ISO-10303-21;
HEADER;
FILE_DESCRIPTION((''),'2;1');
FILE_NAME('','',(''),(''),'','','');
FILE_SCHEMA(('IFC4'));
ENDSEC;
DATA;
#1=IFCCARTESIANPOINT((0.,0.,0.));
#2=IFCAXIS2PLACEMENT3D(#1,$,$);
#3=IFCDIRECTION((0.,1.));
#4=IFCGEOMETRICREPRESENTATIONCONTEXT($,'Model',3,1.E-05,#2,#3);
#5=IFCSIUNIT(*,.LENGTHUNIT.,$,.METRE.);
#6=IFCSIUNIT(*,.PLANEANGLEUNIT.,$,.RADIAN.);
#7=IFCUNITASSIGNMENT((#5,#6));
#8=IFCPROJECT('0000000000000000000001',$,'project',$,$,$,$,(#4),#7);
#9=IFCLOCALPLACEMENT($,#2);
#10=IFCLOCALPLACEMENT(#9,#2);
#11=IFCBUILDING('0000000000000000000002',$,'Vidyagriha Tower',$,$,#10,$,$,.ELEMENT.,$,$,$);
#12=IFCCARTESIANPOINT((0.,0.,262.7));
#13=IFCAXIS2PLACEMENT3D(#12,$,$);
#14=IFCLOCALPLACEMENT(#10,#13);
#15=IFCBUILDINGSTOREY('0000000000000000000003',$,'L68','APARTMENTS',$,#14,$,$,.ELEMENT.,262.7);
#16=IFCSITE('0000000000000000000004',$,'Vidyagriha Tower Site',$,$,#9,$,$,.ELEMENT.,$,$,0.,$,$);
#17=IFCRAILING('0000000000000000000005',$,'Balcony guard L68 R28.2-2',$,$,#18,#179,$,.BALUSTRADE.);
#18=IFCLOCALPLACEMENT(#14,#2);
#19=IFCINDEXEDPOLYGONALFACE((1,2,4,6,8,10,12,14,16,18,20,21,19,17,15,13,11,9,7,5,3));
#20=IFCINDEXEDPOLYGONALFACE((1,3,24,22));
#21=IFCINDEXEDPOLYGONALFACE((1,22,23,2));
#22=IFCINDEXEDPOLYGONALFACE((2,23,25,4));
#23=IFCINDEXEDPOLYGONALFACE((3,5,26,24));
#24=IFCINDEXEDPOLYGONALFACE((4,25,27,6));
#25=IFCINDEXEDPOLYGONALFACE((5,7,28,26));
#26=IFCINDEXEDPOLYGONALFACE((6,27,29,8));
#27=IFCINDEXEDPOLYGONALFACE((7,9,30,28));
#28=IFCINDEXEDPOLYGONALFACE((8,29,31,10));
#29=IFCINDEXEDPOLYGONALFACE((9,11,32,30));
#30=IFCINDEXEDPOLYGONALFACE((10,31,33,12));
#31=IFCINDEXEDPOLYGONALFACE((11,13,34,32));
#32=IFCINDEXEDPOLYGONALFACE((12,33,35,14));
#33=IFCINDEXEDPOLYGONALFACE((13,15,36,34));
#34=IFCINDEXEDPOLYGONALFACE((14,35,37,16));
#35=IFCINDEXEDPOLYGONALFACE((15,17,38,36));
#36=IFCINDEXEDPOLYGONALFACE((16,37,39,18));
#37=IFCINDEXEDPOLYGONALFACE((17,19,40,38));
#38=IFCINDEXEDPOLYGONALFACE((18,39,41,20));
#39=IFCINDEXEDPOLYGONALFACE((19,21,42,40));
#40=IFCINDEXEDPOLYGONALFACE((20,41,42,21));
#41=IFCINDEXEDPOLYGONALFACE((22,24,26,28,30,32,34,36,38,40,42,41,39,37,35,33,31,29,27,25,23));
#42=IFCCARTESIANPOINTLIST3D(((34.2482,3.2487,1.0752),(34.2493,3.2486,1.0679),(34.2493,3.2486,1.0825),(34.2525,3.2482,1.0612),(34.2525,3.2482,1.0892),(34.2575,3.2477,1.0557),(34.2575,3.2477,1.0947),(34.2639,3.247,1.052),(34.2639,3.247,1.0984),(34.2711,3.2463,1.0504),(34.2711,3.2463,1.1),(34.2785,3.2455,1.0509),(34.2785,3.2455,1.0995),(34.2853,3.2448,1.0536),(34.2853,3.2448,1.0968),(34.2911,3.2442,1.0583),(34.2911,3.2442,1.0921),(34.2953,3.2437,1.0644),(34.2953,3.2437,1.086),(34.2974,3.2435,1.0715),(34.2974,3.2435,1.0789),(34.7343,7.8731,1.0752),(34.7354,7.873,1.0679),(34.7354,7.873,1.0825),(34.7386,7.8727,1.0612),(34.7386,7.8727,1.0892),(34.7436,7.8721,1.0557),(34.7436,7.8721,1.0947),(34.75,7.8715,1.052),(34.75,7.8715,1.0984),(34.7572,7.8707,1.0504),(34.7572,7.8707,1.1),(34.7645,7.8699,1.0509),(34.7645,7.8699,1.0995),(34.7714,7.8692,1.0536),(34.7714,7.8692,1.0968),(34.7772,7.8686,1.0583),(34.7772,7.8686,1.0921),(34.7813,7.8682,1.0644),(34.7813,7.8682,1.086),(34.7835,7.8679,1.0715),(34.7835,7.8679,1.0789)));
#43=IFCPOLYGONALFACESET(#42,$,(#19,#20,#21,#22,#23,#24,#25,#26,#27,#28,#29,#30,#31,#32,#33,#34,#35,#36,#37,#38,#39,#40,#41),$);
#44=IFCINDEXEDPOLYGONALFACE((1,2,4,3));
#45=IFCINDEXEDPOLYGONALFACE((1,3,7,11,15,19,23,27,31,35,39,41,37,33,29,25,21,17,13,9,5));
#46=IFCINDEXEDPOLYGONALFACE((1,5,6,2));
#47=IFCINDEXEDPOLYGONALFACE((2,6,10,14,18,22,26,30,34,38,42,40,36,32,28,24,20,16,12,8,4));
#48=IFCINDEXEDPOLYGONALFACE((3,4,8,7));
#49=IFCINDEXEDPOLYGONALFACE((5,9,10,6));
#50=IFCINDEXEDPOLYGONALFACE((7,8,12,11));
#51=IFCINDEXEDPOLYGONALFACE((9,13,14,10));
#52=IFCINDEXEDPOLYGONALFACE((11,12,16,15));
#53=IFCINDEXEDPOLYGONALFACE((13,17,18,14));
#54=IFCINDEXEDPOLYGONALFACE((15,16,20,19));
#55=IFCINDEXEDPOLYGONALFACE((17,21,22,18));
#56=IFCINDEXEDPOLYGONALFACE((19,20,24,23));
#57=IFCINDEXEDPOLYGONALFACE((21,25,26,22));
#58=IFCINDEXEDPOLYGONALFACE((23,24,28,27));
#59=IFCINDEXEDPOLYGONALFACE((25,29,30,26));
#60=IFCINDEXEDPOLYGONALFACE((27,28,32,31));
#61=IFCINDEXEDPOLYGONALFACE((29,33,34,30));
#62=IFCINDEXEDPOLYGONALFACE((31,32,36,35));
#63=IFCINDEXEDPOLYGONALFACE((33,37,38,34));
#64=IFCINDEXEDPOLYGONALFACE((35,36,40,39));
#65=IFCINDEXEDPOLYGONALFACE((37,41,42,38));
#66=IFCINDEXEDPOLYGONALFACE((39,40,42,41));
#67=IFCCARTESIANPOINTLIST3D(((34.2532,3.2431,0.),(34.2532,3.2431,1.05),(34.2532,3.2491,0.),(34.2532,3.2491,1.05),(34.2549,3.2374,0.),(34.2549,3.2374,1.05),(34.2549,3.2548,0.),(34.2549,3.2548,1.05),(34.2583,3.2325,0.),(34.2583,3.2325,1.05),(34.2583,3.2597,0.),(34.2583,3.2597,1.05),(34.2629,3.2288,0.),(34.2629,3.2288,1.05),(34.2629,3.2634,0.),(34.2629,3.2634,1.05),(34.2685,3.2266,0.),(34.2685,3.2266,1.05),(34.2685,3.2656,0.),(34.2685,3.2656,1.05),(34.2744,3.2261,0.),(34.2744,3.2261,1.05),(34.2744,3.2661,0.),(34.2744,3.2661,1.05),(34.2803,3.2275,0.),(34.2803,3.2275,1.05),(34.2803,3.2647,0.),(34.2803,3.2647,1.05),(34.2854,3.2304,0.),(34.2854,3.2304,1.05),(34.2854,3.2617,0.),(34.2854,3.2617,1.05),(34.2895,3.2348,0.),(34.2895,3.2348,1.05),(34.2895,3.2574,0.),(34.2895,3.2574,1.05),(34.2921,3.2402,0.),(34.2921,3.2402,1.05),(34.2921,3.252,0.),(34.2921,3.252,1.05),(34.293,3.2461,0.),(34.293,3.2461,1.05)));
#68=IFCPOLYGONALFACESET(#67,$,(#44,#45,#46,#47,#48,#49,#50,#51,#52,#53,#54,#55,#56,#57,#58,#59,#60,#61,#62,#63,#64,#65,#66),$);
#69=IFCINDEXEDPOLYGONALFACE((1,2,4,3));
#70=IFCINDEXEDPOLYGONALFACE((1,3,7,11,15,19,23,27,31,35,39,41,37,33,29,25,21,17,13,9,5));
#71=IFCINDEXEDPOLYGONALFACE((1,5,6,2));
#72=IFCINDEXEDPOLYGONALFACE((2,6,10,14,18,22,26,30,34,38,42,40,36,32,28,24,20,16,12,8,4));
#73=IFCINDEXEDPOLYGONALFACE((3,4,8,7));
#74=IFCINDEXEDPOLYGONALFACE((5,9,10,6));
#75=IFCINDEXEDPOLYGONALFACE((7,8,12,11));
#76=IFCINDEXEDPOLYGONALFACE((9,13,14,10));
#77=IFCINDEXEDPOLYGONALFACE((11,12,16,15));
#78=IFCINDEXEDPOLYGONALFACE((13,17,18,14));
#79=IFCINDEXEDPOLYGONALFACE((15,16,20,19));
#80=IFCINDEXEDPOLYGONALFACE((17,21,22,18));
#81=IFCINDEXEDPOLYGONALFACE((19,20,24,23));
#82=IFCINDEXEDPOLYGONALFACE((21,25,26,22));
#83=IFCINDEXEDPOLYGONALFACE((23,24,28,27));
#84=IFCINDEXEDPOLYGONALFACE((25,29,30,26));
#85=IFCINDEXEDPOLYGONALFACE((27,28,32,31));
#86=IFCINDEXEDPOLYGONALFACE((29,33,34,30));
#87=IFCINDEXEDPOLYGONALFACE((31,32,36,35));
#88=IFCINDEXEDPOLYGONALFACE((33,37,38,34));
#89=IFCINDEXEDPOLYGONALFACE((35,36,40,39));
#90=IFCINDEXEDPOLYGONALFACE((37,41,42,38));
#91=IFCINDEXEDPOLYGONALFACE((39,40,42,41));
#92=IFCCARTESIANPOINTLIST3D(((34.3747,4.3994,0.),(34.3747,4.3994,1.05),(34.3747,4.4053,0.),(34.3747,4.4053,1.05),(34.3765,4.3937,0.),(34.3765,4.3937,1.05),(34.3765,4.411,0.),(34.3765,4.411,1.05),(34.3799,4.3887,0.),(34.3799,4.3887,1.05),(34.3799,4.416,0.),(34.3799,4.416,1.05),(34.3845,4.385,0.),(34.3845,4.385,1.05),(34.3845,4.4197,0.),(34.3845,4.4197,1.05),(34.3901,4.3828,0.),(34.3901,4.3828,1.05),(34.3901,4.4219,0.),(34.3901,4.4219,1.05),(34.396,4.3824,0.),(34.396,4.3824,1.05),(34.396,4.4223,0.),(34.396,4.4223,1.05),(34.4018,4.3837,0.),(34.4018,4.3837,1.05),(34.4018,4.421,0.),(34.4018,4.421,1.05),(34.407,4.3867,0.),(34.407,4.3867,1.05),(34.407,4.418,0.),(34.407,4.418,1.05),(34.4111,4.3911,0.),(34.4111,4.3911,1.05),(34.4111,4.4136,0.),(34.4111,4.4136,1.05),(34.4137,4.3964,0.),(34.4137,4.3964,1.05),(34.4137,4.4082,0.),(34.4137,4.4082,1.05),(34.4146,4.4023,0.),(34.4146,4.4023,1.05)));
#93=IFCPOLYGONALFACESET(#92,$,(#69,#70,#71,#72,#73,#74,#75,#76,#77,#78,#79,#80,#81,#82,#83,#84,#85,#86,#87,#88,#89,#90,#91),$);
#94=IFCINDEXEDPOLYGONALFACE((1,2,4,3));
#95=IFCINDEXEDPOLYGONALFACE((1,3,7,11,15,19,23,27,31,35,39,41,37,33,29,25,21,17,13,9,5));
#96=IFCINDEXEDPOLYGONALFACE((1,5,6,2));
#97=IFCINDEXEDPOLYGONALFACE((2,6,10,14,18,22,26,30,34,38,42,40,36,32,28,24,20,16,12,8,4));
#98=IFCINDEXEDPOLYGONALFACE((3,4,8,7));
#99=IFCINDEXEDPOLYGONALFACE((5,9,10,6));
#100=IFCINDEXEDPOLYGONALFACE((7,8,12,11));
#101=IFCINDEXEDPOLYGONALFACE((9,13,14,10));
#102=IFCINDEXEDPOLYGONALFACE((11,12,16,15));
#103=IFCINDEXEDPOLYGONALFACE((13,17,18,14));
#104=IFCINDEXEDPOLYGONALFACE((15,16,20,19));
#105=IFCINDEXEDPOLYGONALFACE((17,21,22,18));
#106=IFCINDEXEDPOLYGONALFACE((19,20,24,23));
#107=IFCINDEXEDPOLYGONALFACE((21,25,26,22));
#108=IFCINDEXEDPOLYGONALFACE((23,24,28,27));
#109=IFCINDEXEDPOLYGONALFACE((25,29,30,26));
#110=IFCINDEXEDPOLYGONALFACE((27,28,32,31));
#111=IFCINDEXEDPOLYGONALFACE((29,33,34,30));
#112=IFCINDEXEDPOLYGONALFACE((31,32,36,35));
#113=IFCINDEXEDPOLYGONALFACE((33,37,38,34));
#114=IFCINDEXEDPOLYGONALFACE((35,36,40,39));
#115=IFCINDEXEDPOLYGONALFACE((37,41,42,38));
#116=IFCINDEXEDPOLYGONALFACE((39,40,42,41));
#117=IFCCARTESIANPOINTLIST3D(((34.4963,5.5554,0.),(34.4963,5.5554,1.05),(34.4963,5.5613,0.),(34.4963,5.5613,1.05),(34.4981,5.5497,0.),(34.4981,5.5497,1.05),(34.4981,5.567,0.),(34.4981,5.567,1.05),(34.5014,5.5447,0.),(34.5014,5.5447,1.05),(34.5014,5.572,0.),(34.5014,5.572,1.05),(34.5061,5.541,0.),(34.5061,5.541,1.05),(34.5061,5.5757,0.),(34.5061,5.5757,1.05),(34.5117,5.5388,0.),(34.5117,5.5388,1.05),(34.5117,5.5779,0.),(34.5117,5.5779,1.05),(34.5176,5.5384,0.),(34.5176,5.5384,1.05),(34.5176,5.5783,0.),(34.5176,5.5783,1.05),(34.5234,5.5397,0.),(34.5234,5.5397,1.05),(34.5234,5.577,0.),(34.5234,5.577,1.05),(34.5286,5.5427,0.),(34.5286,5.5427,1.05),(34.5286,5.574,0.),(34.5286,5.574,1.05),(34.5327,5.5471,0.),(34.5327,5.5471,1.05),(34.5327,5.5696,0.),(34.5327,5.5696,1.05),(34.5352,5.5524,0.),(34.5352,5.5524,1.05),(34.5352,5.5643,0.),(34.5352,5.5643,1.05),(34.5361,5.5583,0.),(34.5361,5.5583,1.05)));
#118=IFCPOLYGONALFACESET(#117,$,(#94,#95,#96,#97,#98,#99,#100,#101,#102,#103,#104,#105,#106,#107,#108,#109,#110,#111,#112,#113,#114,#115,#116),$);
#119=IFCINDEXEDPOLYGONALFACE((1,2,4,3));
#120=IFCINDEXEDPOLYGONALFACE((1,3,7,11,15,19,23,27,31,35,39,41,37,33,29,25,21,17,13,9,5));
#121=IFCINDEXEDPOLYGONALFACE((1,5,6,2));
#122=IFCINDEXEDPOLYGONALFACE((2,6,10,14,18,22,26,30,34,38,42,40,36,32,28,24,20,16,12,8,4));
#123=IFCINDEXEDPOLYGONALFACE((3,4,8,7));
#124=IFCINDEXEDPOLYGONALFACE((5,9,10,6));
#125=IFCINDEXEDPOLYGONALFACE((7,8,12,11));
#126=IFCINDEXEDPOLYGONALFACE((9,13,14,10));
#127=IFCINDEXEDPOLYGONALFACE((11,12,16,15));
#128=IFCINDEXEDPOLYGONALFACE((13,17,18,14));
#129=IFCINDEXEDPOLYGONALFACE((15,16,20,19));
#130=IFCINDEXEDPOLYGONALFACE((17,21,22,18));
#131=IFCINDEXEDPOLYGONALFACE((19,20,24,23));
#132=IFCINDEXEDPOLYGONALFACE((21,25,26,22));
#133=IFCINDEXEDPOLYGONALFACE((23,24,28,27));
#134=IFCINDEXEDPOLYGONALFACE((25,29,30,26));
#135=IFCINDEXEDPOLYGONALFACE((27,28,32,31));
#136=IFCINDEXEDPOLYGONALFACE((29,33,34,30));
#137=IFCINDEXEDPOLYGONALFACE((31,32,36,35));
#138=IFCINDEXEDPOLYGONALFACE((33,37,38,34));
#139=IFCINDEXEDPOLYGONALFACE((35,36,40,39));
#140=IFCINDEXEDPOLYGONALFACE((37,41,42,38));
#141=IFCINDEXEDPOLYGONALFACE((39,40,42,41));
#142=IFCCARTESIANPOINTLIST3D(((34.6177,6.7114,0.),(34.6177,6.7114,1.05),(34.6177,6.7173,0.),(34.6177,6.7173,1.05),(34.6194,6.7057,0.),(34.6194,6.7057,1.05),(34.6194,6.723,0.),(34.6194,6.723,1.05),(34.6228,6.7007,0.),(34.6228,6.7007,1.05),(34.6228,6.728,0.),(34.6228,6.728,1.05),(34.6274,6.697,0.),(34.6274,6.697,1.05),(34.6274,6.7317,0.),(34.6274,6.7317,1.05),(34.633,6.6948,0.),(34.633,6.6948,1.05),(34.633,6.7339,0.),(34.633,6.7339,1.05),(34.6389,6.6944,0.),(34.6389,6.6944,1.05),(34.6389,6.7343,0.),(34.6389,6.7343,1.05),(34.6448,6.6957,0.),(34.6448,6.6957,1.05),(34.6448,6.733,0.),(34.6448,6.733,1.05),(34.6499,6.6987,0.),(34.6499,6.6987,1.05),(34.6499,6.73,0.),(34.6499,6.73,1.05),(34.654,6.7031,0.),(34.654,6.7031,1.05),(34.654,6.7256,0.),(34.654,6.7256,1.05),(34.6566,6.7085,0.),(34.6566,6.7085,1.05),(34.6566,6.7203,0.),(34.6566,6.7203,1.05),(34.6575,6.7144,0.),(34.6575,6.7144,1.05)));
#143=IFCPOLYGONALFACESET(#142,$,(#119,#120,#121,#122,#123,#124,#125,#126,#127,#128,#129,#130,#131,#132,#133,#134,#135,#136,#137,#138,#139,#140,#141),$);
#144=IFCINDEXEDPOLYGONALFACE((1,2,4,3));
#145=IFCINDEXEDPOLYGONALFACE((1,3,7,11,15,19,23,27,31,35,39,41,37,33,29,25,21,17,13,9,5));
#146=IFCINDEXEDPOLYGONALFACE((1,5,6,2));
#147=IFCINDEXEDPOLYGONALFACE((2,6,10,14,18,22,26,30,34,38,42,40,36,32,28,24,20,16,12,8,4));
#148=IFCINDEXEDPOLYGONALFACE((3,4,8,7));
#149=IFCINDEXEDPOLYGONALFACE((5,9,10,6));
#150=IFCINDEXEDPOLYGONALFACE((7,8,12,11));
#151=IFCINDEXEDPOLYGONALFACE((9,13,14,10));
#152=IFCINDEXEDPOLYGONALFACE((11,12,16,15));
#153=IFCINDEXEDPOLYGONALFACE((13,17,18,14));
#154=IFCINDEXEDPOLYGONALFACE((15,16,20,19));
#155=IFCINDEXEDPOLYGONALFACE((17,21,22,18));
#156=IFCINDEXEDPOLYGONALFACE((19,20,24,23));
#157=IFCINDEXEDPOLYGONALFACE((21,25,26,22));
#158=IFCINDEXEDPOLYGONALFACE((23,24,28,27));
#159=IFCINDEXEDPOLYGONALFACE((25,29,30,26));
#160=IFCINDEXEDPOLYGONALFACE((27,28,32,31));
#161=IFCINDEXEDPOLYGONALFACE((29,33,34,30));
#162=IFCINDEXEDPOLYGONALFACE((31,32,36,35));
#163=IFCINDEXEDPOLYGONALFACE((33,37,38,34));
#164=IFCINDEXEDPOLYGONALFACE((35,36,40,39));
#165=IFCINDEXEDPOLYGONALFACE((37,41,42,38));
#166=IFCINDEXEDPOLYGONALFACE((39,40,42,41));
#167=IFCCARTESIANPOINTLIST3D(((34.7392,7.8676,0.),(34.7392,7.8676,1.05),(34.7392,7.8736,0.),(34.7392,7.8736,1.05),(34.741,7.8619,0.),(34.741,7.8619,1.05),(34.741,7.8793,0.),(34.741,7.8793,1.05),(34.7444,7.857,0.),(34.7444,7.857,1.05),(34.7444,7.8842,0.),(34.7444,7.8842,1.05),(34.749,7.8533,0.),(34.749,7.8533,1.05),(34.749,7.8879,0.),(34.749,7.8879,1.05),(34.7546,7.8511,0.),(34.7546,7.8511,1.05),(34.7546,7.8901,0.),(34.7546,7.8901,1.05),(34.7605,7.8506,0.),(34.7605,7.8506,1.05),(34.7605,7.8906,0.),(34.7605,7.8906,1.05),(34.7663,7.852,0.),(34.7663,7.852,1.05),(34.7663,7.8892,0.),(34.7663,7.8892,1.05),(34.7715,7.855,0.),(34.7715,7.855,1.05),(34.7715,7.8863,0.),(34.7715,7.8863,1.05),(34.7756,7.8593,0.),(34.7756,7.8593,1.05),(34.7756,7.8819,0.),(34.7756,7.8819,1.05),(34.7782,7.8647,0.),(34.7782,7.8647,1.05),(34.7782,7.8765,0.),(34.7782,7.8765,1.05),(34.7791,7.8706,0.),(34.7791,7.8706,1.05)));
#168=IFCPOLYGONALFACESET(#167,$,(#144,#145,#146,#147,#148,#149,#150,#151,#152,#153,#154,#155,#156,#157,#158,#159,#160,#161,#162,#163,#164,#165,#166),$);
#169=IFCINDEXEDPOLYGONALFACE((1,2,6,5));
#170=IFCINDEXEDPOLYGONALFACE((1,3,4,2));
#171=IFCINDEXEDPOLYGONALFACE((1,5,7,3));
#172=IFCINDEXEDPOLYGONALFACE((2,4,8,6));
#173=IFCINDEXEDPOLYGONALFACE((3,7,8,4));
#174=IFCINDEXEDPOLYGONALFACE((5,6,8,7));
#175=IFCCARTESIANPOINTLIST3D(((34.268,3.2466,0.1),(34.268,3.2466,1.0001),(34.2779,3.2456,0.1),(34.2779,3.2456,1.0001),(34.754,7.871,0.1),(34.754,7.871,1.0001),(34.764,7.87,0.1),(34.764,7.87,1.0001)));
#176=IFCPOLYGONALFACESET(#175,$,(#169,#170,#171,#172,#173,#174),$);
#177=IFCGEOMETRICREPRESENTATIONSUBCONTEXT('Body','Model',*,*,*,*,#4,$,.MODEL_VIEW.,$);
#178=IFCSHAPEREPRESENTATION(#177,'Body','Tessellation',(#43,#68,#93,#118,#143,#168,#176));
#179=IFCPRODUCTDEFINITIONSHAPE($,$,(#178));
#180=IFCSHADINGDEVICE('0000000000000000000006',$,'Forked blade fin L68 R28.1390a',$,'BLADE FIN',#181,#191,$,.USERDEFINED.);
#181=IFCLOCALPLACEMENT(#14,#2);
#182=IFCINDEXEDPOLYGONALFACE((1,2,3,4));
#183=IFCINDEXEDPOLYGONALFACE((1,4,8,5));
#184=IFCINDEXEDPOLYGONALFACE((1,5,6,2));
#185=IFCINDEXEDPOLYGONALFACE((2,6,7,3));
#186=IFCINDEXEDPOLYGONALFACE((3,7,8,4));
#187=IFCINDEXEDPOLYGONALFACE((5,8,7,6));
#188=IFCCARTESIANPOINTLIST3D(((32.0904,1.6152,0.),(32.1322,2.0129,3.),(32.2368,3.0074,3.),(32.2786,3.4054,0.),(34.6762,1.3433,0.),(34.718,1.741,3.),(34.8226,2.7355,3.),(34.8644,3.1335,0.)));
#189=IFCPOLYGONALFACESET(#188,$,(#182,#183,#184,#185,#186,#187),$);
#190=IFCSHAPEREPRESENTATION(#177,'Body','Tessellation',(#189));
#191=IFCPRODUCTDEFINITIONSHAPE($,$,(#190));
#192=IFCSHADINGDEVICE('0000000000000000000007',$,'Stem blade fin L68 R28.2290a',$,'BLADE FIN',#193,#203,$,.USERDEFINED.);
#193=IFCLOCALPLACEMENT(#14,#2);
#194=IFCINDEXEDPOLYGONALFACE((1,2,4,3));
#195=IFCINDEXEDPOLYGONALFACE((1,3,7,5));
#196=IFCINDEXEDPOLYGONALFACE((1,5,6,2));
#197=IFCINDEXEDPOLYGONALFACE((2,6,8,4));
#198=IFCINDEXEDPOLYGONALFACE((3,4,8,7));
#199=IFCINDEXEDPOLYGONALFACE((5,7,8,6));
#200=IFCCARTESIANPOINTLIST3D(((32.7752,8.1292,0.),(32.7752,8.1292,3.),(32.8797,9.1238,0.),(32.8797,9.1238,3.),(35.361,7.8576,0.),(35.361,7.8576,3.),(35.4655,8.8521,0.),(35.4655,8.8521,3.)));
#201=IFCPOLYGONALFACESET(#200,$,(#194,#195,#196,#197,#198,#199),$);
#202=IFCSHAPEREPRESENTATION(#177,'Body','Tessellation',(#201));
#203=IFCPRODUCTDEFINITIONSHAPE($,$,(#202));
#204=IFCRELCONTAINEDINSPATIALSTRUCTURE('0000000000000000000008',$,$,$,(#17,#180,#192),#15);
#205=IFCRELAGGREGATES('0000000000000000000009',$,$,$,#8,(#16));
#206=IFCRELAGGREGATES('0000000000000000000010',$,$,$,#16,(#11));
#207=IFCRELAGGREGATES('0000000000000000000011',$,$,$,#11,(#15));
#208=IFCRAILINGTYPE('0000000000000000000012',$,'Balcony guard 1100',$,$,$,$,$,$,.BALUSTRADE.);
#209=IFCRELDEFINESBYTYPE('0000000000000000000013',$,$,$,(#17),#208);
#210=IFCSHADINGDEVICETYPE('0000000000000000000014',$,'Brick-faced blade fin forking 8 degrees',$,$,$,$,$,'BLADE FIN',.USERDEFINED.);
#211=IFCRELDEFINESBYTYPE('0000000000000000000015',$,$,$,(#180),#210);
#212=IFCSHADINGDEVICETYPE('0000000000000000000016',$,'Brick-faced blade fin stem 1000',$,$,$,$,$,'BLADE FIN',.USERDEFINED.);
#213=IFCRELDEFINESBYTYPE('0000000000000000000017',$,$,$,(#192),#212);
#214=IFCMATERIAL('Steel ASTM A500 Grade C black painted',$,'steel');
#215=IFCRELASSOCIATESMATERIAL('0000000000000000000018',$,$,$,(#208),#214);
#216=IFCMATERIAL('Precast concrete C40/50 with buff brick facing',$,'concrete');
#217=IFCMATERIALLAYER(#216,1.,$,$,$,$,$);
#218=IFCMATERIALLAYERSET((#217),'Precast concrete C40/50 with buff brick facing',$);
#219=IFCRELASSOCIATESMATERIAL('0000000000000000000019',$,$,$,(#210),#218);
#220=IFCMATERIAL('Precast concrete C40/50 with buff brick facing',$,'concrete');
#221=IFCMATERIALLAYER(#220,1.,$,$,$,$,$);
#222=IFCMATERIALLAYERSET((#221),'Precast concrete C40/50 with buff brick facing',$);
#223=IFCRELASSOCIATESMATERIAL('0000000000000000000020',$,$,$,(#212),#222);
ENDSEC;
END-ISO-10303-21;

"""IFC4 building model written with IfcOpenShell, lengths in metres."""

from ifc_helpers import new_model, si_unit, direction, frame, origin, origin_2d, place, context, subcontext, project, spatial, polyline, rectangle, circle, outline, extrude, material, layer, layer_set, type_object, element, save


model = new_model("IFC4")

# Units and contexts
model_context = context("Model", 3, precision=1e-05, world=origin(), true_north=direction((0.0, 1.0)))
body_context = subcontext(model_context, "Body", "Model", "MODEL_VIEW")
ifc_project = project(units=[si_unit("LENGTHUNIT", "METRE"), si_unit("PLANEANGLEUNIT", "RADIAN")], contexts=[model_context])

# Site, building, storey
site_placement = place(None, origin())
site = spatial("IfcSite", under=ifc_project, at=site_placement, Name="Vidyagriha Tower Site", CompositionType="ELEMENT", RefElevation=0.0)
building_placement = place(site_placement, origin())
building = spatial("IfcBuilding", under=site, at=building_placement, Name="Vidyagriha Tower", CompositionType="ELEMENT")
storey_placement = place(building_placement, frame((0.0, 0.0, 262.7)))
storey = spatial("IfcBuildingStorey", under=building, at=storey_placement, Name="L68", Description="APARTMENTS", CompositionType="ELEMENT", Elevation=262.7)

# Railing
ifc_material_1 = material(Name="Steel ASTM A500 Grade C black painted", Category="steel")
railing_type_1 = type_object("IfcRailingType", Name="Balcony guard 1100", PredefinedType="BALUSTRADE", material=ifc_material_1)
railing_1_placement = place(storey_placement, frame((34.2729, 3.2461, 0.0)))
element("IfcRailing", 1, at=railing_1_placement, inside=storey, type_object=railing_type_1, Name="Balcony guard L68 R28.2-2", PredefinedType="BALUSTRADE", context=body_context, shape_type="SweptSolid", body=[
    extrude(circle(Radius=0.0249, at=origin_2d()), frame((0.0, 0.0, 1.0752), z_axis=(0.104534, 0.994521, 0.0), x_axis=(-0.994521, 0.104534, 0.0)), (0.0, 0.0, 1.0), 4.6499),
    extrude(circle(Radius=0.02, at=origin_2d()), origin(), (0.0, 0.0, 1.0), 1.05),
    extrude(circle(Radius=0.02, at=origin_2d()), frame((0.1216, 1.1562, 0.0)), (0.0, 0.0, 1.0), 1.05),
    extrude(circle(Radius=0.02, at=origin_2d()), frame((0.2432, 2.3123, 0.0)), (0.0, 0.0, 1.0), 1.05),
    extrude(circle(Radius=0.02, at=origin_2d()), frame((0.3645, 3.4683, 0.0)), (0.0, 0.0, 1.0), 1.05),
    extrude(circle(Radius=0.02, at=origin_2d()), frame((0.4861, 4.6245, 0.0)), (0.0, 0.0, 1.0), 1.05),
    extrude(rectangle(XDim=0.01, YDim=0.9001, at=origin_2d()), frame((0.0, 0.0, 0.55), z_axis=(0.104534, 0.994521, 0.0), x_axis=(-0.994521, 0.104534, 0.0)), (0.0, 0.0, 1.0), 4.6499),
])

# Shading devices
ifc_material_2 = material(Name="Precast concrete C40/50 with buff brick facing", Category="concrete")
ifc_layer_1 = layer(ifc_material_2, 1.0)
ifc_layer_set_1 = layer_set([ifc_layer_1], Name="Precast concrete C40/50 with buff brick facing")
shading_device_type_1 = type_object("IfcShadingDeviceType", Name="Brick-faced blade fin forking 8 degrees", ElementType="BLADE FIN", PredefinedType="USERDEFINED", material=ifc_layer_set_1)
shading_device_1_placement = place(storey_placement, frame((33.3833, 1.4792, 0.0), z_axis=(0.0, 0.0, 1.0), x_axis=(0.104565, 0.994518, 0.0)))
element("IfcShadingDevice", 2, at=shading_device_1_placement, inside=storey, type_object=shading_device_type_1, Name="Forked blade fin L68 R28.1390a", ObjectType="BLADE FIN", PredefinedType="USERDEFINED", context=body_context, shape_type="SweptSolid", body=[
    extrude(outline(polyline([(0.0, 0.0), (1.8, 0.0), (1.3999, 3.0), (0.3999, 3.0), (0.0, 0.0)])), frame((0.0, 1.3, 0.0), z_axis=(0.0, -1.0, 0.0), x_axis=(1.0, 0.0, 0.0)), (0.0, 0.0, 1.0), 2.6001),
])
ifc_material_3 = material(Name="Precast concrete C40/50 with buff brick facing", Category="concrete")
ifc_layer_2 = layer(ifc_material_3, 1.0)
ifc_layer_set_2 = layer_set([ifc_layer_2], Name="Precast concrete C40/50 with buff brick facing")
shading_device_type_2 = type_object("IfcShadingDeviceType", Name="Brick-faced blade fin stem 1000", ElementType="BLADE FIN", PredefinedType="USERDEFINED", material=ifc_layer_set_2)
shading_device_2_placement = place(storey_placement, frame((34.0681, 7.9934, 0.0), z_axis=(0.0, 0.0, 1.0), x_axis=(0.104481, 0.994527, 0.0)))
element("IfcShadingDevice", 3, at=shading_device_2_placement, inside=storey, type_object=shading_device_type_2, Name="Stem blade fin L68 R28.2290a", ObjectType="BLADE FIN", PredefinedType="USERDEFINED", context=body_context, shape_type="SweptSolid", body=[
    extrude(outline(polyline([(0.0, 0.0), (1.0, 0.0), (1.0, 3.0), (0.0, 3.0), (0.0, 0.0)])), frame((0.0, 1.3, 0.0), z_axis=(0.0, -1.0, 0.0), x_axis=(1.0, 0.0, 0.0)), (0.0, 0.0, 1.0), 2.6001),
])

save(model, "model.ifc")
